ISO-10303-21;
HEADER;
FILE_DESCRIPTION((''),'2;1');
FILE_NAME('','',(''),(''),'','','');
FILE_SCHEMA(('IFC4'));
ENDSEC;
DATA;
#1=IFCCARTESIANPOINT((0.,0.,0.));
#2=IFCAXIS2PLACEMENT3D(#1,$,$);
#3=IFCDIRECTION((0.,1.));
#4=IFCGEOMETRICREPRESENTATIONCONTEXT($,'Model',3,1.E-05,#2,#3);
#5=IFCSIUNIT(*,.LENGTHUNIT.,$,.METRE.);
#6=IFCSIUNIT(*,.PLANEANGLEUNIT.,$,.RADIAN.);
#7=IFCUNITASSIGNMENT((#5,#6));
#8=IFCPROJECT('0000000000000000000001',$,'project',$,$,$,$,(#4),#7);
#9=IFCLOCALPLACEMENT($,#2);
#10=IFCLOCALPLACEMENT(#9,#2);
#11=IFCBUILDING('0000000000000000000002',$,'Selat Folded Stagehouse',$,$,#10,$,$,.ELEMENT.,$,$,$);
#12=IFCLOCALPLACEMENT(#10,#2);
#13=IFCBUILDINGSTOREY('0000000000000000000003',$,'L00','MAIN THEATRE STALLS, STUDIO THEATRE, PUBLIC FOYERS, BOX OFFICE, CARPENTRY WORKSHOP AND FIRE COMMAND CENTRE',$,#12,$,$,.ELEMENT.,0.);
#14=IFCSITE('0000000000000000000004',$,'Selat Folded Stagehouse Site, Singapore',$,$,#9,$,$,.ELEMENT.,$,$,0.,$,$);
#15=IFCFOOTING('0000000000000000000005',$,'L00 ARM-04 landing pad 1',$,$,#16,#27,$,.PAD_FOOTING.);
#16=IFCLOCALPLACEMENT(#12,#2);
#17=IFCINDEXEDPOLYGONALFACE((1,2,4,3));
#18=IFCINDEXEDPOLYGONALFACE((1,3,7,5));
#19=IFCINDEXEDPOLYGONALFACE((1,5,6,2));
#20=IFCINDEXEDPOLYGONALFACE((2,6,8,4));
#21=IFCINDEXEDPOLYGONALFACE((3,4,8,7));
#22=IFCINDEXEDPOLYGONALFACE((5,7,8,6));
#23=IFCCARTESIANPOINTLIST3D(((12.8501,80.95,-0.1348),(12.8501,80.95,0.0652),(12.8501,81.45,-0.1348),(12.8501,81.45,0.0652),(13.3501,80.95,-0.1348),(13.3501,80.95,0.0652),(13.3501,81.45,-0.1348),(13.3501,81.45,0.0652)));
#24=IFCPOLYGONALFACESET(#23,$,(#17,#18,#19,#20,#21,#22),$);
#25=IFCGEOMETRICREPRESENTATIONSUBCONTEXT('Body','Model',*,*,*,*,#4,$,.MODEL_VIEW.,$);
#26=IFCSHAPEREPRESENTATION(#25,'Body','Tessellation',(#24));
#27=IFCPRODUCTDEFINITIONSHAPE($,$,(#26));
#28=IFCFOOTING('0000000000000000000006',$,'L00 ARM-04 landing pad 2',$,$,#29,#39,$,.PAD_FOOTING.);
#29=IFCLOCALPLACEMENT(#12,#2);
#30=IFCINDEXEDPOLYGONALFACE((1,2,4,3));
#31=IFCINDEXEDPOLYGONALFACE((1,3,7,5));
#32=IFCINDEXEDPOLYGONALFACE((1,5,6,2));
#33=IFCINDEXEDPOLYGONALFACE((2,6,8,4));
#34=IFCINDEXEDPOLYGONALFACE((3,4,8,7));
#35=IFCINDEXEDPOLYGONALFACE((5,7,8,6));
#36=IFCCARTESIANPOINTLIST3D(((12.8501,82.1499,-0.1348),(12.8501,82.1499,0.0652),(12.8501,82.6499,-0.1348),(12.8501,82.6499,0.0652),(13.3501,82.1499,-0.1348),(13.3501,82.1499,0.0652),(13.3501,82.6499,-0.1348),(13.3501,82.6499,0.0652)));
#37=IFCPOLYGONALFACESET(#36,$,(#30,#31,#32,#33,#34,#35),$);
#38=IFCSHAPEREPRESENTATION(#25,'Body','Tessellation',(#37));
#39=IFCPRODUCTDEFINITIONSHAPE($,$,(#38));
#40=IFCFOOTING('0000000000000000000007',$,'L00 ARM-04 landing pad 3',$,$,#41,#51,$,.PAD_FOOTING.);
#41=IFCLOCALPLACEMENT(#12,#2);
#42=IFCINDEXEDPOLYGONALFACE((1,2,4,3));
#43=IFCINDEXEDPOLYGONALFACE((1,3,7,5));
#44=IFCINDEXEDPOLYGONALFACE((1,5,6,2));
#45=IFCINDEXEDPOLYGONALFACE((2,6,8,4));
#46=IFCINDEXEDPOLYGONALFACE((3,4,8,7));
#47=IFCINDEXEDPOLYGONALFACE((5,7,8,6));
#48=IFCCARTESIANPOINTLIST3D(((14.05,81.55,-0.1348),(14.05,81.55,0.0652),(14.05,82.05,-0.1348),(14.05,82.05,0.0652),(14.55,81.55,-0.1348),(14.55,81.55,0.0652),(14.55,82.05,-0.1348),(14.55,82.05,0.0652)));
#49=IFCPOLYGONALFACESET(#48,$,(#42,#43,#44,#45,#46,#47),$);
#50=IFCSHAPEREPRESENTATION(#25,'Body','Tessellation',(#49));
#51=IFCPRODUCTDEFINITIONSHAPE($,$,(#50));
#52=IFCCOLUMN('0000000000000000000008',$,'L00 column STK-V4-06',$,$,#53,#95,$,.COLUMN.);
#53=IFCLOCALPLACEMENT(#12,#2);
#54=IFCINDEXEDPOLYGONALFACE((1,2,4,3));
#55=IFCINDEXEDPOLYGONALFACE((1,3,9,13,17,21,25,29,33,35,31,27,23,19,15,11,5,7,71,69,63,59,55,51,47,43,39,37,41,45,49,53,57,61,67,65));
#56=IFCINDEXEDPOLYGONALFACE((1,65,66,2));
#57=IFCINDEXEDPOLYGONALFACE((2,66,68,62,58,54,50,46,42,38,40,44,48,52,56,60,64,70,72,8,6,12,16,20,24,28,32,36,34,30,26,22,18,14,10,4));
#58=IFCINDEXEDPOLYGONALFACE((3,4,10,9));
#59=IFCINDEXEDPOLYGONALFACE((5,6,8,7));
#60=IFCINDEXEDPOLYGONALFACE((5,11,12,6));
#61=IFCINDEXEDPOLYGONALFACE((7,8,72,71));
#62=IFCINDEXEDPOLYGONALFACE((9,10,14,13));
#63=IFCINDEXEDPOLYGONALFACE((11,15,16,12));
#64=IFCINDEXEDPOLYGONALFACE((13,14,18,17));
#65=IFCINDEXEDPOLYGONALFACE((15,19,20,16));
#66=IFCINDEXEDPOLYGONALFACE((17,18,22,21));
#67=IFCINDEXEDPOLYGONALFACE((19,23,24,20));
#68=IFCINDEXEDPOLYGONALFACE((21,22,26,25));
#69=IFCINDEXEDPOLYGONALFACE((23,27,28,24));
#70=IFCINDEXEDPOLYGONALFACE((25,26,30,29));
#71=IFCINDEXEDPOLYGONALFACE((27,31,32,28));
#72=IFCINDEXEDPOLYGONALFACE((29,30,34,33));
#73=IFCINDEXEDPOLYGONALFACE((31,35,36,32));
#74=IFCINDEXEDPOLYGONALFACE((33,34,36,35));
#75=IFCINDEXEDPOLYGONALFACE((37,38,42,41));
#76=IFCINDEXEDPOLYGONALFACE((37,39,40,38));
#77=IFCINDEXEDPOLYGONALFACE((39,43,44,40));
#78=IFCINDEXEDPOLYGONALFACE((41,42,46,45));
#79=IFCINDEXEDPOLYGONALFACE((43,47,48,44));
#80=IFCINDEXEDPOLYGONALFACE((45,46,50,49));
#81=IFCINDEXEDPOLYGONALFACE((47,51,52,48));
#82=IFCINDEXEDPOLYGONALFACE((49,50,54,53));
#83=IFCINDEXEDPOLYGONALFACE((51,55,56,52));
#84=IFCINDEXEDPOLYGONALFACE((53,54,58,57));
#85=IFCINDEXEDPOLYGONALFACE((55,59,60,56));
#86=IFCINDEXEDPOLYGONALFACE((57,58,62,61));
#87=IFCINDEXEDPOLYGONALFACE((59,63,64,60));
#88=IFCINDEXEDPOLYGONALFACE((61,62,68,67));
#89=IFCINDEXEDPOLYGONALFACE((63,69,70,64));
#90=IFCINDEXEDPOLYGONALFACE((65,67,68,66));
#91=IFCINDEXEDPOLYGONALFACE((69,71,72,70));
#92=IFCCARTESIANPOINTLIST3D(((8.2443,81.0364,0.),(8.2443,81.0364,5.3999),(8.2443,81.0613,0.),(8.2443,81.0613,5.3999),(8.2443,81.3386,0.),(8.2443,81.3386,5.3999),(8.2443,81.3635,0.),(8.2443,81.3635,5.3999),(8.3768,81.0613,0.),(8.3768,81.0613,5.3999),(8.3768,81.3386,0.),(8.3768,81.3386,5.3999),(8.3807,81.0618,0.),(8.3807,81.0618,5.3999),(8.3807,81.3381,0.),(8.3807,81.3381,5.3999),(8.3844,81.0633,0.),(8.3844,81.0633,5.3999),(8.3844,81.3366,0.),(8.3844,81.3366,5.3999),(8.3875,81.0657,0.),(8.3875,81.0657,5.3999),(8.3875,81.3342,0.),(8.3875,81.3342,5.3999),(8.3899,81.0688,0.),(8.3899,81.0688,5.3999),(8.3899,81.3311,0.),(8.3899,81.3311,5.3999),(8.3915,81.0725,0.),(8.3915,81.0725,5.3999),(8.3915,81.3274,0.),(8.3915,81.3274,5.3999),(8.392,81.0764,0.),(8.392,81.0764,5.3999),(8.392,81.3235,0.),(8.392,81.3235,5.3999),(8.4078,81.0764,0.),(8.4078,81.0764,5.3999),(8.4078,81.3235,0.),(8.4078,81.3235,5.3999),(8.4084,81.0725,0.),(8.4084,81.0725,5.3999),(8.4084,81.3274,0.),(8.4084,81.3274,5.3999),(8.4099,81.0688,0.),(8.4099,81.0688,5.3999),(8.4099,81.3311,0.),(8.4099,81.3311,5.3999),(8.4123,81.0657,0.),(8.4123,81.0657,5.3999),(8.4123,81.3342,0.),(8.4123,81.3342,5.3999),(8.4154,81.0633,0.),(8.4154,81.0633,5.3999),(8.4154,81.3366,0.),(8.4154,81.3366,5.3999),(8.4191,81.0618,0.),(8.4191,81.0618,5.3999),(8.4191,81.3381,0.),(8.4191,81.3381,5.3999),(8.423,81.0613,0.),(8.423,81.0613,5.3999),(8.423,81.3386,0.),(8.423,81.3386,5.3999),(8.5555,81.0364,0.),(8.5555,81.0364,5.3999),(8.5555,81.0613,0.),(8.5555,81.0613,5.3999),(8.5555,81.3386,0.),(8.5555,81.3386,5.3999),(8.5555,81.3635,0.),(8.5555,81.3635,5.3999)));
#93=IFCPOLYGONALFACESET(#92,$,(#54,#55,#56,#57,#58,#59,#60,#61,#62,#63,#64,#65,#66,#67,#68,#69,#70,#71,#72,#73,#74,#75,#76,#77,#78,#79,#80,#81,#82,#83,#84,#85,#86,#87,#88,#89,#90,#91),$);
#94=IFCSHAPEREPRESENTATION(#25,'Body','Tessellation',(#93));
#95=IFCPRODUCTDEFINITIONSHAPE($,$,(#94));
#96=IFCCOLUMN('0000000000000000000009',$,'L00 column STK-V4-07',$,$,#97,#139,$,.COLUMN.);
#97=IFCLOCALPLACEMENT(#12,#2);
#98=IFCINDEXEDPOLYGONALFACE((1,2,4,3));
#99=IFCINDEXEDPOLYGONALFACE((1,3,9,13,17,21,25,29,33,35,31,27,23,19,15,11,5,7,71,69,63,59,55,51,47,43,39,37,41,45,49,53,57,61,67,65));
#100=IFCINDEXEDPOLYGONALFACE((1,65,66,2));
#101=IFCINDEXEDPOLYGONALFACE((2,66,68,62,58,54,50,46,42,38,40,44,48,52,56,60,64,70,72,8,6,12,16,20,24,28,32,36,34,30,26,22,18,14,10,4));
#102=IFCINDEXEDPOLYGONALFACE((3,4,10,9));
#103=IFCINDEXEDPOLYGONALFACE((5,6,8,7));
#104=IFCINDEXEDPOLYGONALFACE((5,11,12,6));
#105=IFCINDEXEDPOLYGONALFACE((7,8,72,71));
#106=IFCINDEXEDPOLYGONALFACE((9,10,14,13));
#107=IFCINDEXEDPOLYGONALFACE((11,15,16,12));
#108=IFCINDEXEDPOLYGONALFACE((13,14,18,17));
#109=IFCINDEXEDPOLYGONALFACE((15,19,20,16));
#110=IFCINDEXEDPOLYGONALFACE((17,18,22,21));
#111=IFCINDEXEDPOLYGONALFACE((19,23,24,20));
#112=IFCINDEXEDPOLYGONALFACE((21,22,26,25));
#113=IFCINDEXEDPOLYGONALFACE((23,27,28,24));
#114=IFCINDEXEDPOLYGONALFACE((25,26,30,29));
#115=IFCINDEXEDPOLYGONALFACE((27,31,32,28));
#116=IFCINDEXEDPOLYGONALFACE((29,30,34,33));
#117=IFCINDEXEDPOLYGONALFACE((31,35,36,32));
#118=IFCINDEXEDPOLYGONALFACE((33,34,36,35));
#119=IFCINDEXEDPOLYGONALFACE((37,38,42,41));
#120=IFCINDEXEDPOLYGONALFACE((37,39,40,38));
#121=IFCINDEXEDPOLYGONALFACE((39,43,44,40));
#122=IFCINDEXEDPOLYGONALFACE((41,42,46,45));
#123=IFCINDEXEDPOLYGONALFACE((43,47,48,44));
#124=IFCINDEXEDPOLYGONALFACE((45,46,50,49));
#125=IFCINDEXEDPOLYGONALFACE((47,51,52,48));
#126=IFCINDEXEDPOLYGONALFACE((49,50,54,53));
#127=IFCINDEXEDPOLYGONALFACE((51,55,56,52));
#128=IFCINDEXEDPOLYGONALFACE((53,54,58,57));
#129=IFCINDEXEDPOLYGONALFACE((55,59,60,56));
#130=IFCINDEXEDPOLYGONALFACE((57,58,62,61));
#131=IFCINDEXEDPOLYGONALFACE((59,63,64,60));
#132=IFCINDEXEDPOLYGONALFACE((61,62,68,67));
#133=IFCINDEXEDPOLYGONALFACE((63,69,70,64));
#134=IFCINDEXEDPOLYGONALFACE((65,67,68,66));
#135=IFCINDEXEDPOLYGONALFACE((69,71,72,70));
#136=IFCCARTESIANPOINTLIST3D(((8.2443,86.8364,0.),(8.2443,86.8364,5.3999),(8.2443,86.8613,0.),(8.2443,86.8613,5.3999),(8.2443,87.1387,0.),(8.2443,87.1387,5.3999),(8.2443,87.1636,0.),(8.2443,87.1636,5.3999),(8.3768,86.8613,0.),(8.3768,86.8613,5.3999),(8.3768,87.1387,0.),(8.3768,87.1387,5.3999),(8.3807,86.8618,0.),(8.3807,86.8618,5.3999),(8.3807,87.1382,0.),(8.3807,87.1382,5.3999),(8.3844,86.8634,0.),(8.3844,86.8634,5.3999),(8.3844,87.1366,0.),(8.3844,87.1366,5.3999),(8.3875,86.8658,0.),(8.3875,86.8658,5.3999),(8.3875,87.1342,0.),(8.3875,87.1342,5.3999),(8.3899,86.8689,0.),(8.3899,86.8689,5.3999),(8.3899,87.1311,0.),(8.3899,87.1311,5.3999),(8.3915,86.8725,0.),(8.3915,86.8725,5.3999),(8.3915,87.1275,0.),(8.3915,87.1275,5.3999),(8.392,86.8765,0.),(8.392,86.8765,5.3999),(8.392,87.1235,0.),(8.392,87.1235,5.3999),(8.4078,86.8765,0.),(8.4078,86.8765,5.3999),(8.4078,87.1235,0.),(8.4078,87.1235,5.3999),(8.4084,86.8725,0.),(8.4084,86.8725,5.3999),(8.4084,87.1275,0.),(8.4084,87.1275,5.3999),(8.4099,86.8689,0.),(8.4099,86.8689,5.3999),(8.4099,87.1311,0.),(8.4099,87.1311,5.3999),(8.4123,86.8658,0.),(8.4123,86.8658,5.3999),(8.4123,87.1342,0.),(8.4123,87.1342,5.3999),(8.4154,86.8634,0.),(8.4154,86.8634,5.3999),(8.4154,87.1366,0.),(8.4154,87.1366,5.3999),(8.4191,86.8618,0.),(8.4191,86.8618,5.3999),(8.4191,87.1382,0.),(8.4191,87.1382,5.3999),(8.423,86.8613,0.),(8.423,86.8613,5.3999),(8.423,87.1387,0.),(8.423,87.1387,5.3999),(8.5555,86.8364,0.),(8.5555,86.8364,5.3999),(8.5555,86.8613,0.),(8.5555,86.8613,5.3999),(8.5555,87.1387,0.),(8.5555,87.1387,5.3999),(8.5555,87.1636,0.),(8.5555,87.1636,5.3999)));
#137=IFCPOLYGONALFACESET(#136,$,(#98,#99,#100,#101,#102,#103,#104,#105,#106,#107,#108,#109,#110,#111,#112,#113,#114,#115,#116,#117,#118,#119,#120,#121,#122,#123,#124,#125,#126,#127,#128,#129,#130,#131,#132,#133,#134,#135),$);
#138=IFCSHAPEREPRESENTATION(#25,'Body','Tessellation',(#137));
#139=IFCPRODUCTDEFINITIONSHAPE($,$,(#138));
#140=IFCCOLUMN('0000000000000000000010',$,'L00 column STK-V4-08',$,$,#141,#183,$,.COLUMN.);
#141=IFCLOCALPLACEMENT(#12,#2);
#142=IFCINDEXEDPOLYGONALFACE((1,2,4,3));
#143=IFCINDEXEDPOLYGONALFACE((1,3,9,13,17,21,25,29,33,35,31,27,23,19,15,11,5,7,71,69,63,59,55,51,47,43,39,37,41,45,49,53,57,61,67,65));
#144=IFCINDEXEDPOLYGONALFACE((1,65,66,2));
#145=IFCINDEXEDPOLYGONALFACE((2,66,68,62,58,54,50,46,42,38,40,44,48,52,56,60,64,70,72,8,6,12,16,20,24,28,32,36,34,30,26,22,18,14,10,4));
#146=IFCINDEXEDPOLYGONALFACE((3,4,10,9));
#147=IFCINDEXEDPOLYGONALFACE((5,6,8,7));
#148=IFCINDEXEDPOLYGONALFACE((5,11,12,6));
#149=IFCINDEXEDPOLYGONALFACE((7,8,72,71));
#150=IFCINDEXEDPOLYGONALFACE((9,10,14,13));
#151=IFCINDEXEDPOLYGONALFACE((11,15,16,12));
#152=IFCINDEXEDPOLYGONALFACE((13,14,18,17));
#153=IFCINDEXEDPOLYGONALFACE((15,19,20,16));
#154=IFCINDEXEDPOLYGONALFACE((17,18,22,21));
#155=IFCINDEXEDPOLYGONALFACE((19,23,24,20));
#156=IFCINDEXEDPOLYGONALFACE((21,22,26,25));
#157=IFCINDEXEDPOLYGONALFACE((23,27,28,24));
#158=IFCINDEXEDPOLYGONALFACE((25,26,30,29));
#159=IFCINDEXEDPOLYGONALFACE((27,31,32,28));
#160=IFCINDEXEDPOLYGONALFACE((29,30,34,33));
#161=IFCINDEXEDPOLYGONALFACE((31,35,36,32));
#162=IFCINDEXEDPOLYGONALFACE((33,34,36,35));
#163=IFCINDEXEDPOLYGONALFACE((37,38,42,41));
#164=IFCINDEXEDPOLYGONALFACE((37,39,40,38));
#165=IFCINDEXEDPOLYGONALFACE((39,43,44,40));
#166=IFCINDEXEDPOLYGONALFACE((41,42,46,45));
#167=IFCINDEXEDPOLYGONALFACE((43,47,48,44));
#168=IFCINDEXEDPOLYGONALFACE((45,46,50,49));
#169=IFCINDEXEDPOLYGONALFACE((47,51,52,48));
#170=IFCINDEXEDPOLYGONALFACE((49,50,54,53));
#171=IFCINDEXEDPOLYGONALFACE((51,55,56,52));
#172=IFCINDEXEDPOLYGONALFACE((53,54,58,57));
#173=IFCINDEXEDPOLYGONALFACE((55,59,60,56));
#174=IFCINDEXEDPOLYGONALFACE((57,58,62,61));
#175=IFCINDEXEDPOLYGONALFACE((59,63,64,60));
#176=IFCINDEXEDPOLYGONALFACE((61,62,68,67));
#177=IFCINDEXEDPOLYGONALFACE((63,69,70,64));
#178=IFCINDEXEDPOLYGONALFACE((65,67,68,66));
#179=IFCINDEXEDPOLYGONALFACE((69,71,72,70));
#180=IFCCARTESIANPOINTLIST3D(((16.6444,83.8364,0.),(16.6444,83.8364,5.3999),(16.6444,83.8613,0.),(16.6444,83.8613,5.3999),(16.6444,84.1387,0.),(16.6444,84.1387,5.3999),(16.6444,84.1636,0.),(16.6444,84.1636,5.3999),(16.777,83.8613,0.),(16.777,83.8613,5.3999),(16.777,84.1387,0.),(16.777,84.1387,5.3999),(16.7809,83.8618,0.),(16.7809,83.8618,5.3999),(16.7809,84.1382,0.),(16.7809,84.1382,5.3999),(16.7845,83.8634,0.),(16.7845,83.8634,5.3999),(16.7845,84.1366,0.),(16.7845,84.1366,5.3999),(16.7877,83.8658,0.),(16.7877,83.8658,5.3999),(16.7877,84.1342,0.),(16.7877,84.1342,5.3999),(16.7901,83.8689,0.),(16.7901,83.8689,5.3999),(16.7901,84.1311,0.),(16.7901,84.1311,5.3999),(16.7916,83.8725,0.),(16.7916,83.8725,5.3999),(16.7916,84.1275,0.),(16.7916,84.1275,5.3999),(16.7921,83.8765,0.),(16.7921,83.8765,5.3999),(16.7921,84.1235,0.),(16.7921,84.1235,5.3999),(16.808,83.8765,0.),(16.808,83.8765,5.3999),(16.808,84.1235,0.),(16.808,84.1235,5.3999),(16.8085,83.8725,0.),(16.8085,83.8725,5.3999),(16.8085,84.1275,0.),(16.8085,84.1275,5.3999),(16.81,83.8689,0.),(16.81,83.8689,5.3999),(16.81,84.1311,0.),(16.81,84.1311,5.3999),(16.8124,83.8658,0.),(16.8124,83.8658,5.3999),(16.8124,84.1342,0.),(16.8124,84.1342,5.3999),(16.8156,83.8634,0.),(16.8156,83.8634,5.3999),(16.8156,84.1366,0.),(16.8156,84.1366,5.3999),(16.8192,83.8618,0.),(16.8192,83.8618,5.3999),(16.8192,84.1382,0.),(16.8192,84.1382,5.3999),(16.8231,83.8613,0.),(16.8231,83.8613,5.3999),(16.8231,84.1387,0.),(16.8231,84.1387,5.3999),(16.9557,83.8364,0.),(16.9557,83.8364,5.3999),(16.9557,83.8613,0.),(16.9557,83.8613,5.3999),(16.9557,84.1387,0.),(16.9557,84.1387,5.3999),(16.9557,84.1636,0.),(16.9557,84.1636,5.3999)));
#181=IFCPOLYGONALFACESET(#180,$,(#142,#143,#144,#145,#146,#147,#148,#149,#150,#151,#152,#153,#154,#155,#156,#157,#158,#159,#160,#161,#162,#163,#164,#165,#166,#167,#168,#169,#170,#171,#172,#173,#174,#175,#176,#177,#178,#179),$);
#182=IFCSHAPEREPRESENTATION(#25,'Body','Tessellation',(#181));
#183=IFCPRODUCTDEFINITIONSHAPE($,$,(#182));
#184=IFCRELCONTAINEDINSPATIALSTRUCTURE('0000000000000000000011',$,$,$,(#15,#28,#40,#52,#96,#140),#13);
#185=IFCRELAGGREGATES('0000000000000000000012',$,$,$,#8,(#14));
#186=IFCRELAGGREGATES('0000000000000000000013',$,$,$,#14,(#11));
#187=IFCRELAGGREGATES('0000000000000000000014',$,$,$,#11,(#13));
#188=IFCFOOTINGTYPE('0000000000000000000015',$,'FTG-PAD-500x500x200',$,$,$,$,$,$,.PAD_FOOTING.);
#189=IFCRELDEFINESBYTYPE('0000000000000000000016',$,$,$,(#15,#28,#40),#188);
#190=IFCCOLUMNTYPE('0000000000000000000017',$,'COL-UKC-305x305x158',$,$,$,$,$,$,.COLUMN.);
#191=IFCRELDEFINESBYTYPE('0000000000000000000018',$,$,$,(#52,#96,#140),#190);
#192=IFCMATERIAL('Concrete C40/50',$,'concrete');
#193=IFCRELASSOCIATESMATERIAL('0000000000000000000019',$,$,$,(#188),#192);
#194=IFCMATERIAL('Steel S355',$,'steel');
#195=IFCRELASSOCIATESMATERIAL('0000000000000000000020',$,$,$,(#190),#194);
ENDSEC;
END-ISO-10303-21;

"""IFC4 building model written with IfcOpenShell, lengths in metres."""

from ifc_helpers import new_model, si_unit, direction, frame, origin, origin_2d, place, context, subcontext, project, spatial, rectangle, i_section, extrude, material, material_profile, profile_set, type_object, element, save


model = new_model("IFC4")

# Units and contexts
model_context = context("Model", 3, precision=1e-05, world=origin(), true_north=direction((0.0, 1.0)))
body_context = subcontext(model_context, "Body", "Model", "MODEL_VIEW")
ifc_project = project(units=[si_unit("LENGTHUNIT", "METRE"), si_unit("PLANEANGLEUNIT", "RADIAN")], contexts=[model_context])

# Site, building, storey
site_placement = place(None, origin())
site = spatial("IfcSite", under=ifc_project, at=site_placement, Name="Selat Folded Stagehouse Site, Singapore", CompositionType="ELEMENT", RefElevation=0.0)
building_placement = place(site_placement, origin())
building = spatial("IfcBuilding", under=site, at=building_placement, Name="Selat Folded Stagehouse", CompositionType="ELEMENT")
storey_placement = place(building_placement, origin())
storey = spatial("IfcBuildingStorey", under=building, at=storey_placement, Name="L00", Description="MAIN THEATRE STALLS, STUDIO THEATRE, PUBLIC FOYERS, BOX OFFICE, CARPENTRY WORKSHOP AND FIRE COMMAND CENTRE", CompositionType="ELEMENT", Elevation=0.0)

# Footings
ifc_material_1 = material(Name="Concrete C40/50", Category="concrete")
footing_type = type_object("IfcFootingType", Name="FTG-PAD-500x500x200", PredefinedType="PAD_FOOTING", material=ifc_material_1)
for number, where, z_axis, x_axis, name in (
    (1, (13.1001, 81.2, -0.1348), (0.0, 0.0, 1.0), (1.0, 0.0, 0.0), "L00 ARM-04 landing pad 1"),
    (2, (13.1001, 82.3999, -0.1348), (0.0, 0.0, 1.0), (1.0, 0.0, 0.0), "L00 ARM-04 landing pad 2"),
    (3, (14.3, 81.8, -0.1348), (0.0, 0.0, 1.0), (1.0, 0.0, 0.0), "L00 ARM-04 landing pad 3"),
):
    element("IfcFooting", number, at=place(storey_placement, frame(where, z_axis=z_axis, x_axis=x_axis)), inside=storey, type_object=footing_type, Name=name, PredefinedType="PAD_FOOTING", context=body_context, shape_type="SweptSolid", body=[
        extrude(rectangle(XDim=0.5, YDim=0.5, at=origin_2d()), origin(), (0.0, 0.0, 1.0), 0.2),
    ])

# Columns
ifc_material_2 = material(Name="Steel S355", Category="steel")
ifc_material_profile_1 = material_profile(ifc_material_2, i_section(OverallWidth=0.3113, OverallDepth=0.3271, WebThickness=0.0159, FlangeThickness=0.0249, FilletRadius=0.0151, at=origin_2d()), Name="UKC 305x305x158")
ifc_profile_set_1 = profile_set([ifc_material_profile_1], Name="Steel S355")
column_type = type_object("IfcColumnType", Name="COL-UKC-305x305x158", PredefinedType="COLUMN", material=ifc_profile_set_1)
for number, where, z_axis, x_axis, name in (
    (4, (8.3999, 81.2, 0.0), (0.0, 0.0, 1.0), (1.0, 0.0, 0.0), "L00 column STK-V4-06"),
    (5, (8.3999, 87.0, 0.0), (0.0, 0.0, 1.0), (1.0, 0.0, 0.0), "L00 column STK-V4-07"),
    (6, (16.8, 84.0, 0.0), (0.0, 0.0, 1.0), (1.0, 0.0, 0.0), "L00 column STK-V4-08"),
):
    element("IfcColumn", number, at=place(storey_placement, frame(where, z_axis=z_axis, x_axis=x_axis)), inside=storey, type_object=column_type, Name=name, PredefinedType="COLUMN", context=body_context, shape_type="SweptSolid", body=[
        extrude(i_section(OverallWidth=0.3113, OverallDepth=0.3271, WebThickness=0.0159, FlangeThickness=0.0249, FilletRadius=0.0151, at=origin_2d()), origin(), (0.0, 0.0, 1.0), 5.3999),
    ])

save(model, "model.ifc")
